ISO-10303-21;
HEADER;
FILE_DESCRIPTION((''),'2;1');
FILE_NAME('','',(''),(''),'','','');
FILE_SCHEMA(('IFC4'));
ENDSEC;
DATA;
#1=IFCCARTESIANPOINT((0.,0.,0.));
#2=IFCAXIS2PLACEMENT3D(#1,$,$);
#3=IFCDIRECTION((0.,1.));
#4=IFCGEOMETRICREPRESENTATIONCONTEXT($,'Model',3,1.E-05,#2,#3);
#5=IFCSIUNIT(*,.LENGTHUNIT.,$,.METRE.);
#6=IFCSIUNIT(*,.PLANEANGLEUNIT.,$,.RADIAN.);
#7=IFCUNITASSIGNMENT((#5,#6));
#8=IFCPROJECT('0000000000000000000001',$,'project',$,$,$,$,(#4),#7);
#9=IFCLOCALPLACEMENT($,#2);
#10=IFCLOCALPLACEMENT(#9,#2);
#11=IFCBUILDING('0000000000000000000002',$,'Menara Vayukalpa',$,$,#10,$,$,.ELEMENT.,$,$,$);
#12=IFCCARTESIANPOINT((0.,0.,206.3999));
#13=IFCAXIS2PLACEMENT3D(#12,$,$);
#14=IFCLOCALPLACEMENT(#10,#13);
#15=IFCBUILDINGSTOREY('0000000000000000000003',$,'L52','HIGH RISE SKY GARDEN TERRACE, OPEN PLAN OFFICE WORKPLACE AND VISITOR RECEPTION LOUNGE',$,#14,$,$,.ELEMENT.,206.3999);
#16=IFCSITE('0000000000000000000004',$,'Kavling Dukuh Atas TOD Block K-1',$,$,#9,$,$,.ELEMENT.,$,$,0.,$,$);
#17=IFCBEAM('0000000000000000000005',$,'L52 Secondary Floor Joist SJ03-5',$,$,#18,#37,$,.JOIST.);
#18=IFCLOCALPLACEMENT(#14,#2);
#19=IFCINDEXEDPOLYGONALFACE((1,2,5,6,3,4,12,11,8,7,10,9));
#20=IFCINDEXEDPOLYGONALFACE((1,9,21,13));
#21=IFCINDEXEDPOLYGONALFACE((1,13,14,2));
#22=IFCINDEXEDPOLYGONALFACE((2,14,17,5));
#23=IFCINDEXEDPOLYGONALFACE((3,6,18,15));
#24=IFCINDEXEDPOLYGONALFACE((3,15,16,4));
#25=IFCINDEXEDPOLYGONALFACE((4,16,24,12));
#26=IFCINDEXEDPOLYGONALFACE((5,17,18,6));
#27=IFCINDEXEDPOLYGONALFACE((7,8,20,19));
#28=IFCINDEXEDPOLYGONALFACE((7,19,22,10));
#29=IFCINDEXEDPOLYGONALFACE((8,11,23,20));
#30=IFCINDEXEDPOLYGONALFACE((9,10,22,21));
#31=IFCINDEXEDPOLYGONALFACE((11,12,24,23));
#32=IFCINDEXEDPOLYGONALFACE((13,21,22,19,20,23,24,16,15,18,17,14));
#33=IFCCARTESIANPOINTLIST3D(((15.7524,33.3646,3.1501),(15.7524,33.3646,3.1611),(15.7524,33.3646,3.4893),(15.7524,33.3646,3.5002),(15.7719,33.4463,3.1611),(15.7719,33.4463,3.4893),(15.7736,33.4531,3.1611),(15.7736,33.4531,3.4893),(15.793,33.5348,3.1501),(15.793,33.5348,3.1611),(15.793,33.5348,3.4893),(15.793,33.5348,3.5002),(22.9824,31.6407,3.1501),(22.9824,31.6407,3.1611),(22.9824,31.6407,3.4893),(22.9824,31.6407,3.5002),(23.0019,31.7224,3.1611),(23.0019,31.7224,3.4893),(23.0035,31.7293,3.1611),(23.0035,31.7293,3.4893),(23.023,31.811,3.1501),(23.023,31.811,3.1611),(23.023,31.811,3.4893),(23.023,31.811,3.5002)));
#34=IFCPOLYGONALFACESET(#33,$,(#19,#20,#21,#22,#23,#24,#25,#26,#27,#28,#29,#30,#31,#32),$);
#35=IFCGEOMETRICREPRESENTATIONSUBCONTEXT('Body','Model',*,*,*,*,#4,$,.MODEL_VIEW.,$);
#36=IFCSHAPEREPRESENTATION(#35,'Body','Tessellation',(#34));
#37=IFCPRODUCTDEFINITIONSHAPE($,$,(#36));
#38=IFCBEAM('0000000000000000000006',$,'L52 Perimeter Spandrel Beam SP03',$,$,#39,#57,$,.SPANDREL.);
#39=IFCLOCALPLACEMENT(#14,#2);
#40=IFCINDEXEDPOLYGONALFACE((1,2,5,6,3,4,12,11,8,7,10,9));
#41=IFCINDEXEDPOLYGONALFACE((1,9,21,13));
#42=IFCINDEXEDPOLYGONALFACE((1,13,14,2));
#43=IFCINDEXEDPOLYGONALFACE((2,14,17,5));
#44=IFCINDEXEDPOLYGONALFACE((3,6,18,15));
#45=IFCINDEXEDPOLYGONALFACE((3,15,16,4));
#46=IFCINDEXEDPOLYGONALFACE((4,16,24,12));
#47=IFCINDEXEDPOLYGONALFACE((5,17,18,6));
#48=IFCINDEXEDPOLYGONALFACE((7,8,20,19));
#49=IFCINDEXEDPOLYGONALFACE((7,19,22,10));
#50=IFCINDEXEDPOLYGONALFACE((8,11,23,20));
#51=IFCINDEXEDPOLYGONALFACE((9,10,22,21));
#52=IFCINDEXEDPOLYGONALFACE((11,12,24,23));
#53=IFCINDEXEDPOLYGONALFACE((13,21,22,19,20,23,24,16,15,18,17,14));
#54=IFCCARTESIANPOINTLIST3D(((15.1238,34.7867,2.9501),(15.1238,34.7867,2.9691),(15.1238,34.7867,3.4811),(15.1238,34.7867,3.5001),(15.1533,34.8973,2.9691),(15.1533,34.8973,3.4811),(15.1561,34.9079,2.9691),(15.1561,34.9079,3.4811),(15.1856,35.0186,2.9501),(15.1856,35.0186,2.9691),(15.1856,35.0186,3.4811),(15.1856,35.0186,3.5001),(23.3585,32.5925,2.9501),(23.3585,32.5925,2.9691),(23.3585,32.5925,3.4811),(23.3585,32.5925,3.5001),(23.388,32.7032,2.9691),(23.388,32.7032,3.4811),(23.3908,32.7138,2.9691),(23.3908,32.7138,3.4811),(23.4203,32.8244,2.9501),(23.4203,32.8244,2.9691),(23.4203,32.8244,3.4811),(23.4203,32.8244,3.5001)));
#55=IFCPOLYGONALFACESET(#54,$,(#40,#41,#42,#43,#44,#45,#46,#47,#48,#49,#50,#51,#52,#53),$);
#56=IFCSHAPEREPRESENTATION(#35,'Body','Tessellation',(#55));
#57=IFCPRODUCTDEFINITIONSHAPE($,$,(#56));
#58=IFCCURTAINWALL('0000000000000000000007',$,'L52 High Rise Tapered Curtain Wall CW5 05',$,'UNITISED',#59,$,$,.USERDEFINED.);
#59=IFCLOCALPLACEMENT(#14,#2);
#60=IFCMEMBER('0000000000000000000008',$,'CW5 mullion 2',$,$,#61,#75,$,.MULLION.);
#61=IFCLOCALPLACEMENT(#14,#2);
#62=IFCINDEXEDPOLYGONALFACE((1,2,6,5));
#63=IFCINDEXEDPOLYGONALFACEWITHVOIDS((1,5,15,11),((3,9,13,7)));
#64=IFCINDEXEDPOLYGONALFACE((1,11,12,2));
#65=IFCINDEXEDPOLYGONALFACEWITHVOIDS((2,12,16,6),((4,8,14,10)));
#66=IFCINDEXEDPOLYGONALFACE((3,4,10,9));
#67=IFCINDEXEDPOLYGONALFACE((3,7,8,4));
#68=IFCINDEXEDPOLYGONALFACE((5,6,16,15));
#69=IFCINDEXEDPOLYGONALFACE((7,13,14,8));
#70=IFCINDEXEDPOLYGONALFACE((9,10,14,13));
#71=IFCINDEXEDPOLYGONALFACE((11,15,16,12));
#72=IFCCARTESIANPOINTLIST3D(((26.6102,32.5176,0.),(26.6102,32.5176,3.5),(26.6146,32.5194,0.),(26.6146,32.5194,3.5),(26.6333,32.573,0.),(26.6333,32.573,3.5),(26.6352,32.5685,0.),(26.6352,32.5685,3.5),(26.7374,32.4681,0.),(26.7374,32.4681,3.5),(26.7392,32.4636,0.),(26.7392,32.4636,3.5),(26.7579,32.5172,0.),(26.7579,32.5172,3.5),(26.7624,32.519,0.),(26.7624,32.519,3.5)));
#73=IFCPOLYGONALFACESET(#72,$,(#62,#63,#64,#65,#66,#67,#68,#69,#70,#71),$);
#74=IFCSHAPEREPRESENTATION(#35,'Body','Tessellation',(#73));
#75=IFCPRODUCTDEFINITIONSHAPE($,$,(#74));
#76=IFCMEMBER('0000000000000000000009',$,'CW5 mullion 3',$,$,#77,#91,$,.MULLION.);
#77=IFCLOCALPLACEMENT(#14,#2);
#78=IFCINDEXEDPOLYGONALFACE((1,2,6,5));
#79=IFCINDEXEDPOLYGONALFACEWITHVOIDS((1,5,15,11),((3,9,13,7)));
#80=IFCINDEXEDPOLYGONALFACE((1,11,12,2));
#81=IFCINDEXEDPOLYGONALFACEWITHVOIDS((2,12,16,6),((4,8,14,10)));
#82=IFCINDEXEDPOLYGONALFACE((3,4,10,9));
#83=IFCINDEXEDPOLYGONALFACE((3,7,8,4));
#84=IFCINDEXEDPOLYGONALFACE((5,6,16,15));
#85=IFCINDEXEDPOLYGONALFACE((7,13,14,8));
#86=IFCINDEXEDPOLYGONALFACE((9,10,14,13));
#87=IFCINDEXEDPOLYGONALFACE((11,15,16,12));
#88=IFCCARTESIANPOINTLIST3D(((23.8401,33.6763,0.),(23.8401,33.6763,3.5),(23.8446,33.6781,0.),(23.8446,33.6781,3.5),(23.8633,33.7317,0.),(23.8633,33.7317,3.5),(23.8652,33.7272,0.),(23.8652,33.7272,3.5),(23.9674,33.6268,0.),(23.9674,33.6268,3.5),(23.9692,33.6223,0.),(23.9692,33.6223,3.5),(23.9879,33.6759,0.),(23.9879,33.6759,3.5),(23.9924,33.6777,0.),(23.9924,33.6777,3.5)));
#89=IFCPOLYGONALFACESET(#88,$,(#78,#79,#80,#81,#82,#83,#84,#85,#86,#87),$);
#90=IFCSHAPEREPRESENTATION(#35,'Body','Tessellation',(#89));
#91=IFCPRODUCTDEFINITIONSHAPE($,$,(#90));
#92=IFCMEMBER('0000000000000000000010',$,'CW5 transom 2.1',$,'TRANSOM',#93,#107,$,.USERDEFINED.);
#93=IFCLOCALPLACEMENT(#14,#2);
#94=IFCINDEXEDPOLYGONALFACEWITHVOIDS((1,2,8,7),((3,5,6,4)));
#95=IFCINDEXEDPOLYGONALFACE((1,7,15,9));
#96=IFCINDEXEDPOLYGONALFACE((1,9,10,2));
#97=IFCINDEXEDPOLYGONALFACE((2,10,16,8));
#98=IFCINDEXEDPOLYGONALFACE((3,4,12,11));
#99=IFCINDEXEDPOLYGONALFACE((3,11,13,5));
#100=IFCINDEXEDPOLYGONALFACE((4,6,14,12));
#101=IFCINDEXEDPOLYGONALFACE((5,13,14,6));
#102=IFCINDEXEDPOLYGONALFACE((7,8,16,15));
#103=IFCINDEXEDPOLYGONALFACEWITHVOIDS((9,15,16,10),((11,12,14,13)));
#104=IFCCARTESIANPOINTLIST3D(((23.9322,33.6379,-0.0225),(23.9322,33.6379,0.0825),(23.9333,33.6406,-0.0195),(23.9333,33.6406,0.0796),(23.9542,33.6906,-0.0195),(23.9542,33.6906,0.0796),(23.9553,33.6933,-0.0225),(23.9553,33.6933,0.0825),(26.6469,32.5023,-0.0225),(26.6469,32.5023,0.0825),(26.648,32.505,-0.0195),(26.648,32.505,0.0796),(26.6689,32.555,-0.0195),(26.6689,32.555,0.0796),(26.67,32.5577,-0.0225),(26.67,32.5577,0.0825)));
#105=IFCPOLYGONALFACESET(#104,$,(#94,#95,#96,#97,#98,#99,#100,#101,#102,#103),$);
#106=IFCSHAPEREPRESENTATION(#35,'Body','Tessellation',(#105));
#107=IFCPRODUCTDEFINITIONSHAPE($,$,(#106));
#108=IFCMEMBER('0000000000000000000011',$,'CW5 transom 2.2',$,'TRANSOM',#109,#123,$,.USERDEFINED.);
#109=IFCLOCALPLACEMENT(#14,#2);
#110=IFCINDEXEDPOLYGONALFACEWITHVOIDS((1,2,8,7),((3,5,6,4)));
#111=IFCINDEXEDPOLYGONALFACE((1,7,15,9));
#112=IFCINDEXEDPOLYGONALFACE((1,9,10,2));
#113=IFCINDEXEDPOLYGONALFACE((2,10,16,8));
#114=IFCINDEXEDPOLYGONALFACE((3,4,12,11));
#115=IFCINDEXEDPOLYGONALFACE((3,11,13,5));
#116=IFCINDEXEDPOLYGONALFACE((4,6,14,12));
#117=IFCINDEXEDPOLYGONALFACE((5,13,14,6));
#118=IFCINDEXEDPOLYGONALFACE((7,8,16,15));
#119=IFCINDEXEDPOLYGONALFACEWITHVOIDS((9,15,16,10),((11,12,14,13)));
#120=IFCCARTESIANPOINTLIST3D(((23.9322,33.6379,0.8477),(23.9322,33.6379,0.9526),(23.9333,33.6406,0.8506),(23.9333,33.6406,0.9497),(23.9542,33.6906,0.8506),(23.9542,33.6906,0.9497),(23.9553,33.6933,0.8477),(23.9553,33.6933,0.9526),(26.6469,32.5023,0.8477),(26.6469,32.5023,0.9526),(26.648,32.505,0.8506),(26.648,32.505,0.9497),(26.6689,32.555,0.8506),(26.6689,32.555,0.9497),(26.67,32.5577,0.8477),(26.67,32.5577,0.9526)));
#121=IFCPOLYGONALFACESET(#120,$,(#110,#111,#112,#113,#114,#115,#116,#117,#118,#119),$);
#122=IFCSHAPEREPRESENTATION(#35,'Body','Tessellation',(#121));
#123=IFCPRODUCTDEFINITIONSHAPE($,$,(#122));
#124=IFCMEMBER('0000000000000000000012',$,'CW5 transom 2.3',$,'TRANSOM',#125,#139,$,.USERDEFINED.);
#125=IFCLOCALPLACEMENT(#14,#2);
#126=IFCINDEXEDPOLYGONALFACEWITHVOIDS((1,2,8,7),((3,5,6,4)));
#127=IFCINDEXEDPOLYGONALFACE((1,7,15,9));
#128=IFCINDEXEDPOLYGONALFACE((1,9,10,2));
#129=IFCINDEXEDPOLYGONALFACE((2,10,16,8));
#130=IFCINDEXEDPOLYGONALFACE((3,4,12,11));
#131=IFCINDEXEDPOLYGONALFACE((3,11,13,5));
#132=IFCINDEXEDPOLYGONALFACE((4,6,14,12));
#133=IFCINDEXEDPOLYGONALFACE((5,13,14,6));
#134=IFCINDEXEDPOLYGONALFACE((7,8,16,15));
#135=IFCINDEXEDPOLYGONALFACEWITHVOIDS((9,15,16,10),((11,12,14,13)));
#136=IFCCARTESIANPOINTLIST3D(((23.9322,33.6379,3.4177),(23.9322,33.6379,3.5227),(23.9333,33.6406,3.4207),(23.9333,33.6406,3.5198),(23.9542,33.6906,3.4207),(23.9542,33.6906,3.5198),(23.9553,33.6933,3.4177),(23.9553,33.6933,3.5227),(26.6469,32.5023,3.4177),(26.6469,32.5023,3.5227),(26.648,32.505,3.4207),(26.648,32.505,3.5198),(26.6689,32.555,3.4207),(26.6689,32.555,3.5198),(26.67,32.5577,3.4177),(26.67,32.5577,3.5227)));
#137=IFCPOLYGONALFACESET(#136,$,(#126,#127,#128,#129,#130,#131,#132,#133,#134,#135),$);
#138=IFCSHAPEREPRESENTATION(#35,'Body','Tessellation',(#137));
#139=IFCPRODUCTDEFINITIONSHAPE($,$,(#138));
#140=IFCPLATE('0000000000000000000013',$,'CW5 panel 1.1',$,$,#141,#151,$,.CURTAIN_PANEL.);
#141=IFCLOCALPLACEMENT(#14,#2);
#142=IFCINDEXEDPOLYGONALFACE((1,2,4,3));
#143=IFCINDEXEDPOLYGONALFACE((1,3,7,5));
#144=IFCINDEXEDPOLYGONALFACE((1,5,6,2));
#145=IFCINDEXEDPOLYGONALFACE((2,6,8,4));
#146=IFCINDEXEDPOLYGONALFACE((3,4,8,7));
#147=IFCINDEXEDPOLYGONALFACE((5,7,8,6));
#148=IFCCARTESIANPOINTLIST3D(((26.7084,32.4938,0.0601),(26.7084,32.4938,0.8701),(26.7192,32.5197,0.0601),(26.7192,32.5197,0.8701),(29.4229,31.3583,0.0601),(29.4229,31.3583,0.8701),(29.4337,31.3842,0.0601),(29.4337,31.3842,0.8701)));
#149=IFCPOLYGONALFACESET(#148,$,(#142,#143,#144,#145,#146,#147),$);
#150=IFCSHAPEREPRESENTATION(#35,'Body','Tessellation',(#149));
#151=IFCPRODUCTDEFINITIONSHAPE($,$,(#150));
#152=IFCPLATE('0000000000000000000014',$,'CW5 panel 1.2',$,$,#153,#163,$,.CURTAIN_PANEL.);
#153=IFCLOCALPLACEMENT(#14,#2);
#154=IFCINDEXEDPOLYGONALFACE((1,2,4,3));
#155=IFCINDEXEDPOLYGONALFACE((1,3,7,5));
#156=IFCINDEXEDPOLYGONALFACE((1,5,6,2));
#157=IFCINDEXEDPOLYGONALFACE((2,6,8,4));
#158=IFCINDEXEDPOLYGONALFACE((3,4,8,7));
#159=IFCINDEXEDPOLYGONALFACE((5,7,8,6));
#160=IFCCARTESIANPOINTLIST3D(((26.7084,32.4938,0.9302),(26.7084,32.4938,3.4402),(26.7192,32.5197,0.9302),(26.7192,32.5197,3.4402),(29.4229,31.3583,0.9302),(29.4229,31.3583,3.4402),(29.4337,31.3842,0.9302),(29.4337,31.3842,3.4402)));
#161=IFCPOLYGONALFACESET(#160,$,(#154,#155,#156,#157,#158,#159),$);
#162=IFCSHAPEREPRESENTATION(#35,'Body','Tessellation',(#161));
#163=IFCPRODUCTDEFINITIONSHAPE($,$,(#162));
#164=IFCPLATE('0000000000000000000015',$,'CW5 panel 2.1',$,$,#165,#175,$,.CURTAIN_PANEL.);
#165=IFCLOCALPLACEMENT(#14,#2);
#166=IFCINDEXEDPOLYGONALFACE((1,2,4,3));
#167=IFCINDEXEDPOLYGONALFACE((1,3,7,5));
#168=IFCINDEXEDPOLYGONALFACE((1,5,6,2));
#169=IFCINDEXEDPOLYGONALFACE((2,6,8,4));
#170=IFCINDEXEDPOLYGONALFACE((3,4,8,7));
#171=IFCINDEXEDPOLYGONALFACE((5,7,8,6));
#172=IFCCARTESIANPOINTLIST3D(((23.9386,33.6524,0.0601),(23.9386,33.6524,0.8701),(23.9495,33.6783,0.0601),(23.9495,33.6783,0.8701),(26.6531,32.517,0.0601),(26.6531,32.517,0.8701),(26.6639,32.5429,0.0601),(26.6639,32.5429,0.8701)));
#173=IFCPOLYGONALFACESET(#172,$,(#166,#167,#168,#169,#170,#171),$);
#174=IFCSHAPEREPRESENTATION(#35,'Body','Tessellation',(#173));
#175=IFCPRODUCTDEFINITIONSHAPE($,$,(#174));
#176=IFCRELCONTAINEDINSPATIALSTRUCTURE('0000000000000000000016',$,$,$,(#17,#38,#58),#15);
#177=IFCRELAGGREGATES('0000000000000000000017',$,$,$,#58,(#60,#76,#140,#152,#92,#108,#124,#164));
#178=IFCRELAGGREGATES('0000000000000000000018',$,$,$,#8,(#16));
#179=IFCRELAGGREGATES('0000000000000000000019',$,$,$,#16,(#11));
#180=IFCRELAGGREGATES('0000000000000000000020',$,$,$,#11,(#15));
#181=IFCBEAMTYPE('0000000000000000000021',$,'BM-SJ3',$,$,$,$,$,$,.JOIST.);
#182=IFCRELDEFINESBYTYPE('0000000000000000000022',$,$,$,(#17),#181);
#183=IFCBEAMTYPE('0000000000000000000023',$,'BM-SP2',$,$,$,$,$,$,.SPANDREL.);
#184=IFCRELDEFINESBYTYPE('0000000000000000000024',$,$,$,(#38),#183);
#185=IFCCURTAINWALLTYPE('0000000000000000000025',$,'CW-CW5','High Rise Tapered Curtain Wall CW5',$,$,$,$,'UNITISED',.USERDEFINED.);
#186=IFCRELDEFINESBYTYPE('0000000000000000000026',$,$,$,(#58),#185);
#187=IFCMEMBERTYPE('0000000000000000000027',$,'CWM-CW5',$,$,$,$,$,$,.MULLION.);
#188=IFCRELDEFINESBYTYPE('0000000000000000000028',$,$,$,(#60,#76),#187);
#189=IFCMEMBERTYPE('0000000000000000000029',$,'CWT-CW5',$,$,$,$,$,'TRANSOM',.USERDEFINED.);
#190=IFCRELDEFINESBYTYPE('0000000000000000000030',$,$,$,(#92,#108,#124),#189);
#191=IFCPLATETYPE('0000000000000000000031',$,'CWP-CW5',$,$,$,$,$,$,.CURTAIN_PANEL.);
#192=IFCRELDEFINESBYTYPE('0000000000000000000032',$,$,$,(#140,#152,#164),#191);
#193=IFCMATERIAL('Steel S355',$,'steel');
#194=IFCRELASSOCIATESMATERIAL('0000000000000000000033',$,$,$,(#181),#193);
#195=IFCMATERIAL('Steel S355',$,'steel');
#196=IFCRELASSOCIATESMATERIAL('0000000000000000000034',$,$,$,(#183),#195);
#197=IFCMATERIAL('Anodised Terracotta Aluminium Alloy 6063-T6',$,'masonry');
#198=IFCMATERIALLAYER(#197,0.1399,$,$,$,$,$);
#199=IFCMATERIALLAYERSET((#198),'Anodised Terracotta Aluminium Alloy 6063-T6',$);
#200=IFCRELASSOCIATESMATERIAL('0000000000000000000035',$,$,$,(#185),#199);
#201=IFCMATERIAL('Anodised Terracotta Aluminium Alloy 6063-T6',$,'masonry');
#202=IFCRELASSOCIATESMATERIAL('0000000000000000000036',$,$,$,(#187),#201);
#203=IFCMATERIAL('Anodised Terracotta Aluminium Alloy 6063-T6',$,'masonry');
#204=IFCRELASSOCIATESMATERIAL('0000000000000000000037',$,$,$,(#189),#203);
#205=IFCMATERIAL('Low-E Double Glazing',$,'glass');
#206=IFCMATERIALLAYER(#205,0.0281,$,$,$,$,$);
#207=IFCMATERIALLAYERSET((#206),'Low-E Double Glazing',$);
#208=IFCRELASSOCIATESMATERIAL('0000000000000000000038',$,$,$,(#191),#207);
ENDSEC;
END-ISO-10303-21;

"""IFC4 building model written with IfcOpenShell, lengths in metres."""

from ifc_helpers import new_model, si_unit, direction, frame, origin, origin_2d, place, context, subcontext, project, spatial, rectangle, hollow_rectangle, i_section, extrude, material, layer, layer_set, material_profile, profile_set, type_object, element, aggregate, save


model = new_model("IFC4")

# Units and contexts
model_context = context("Model", 3, precision=1e-05, world=origin(), true_north=direction((0.0, 1.0)))
body_context = subcontext(model_context, "Body", "Model", "MODEL_VIEW")
ifc_project = project(units=[si_unit("LENGTHUNIT", "METRE"), si_unit("PLANEANGLEUNIT", "RADIAN")], contexts=[model_context])

# Site, building, storey
site_placement = place(None, origin())
site = spatial("IfcSite", under=ifc_project, at=site_placement, Name="Kavling Dukuh Atas TOD Block K-1", CompositionType="ELEMENT", RefElevation=0.0)
building_placement = place(site_placement, origin())
building = spatial("IfcBuilding", under=site, at=building_placement, Name="Menara Vayukalpa", CompositionType="ELEMENT")
storey_placement = place(building_placement, frame((0.0, 0.0, 206.3999)))
storey = spatial("IfcBuildingStorey", under=building, at=storey_placement, Name="L52", Description="HIGH RISE SKY GARDEN TERRACE, OPEN PLAN OFFICE WORKPLACE AND VISITOR RECEPTION LOUNGE", CompositionType="ELEMENT", Elevation=206.3999)

# Beams
ifc_material_1 = material(Name="Steel S355", Category="steel")
ifc_material_profile_1 = material_profile(ifc_material_1, i_section(OverallWidth=0.175, OverallDepth=0.3501, WebThickness=0.0071, FlangeThickness=0.011, at=origin_2d()), Name="WF 350x175x7x11")
ifc_profile_set_1 = profile_set([ifc_material_profile_1], Name="Steel S355")
beam_type_1 = type_object("IfcBeamType", Name="BM-SJ3", PredefinedType="JOIST", material=ifc_profile_set_1)
beam_1_placement = place(storey_placement, frame((23.0027, 31.7258, 3.3252), z_axis=(-0.972732, 0.231933, 0.0), x_axis=(-0.231933, -0.972732, 0.0)))
element("IfcBeam", 1, at=beam_1_placement, inside=storey, type_object=beam_type_1, Name="L52 Secondary Floor Joist SJ03-5", PredefinedType="JOIST", context=body_context, shape_type="SweptSolid", body=[
    extrude(i_section(OverallWidth=0.175, OverallDepth=0.3501, WebThickness=0.0071, FlangeThickness=0.011, at=origin_2d()), origin(), (0.0, 0.0, 1.0), 7.4326),
])
ifc_material_2 = material(Name="Steel S355", Category="steel")
ifc_material_profile_2 = material_profile(ifc_material_2, i_section(OverallWidth=0.24, OverallDepth=0.55, WebThickness=0.011, FlangeThickness=0.019, at=origin_2d()), Name="WF 550x240x11x19")
ifc_profile_set_2 = profile_set([ifc_material_profile_2], Name="Steel S355")
beam_type_2 = type_object("IfcBeamType", Name="BM-SP2", PredefinedType="SPANDREL", material=ifc_profile_set_2)
beam_2_placement = place(storey_placement, frame((23.3894, 32.7085, 3.2251), z_axis=(-0.966288, 0.257465, 0.0), x_axis=(-0.257465, -0.966288, 0.0)))
element("IfcBeam", 2, at=beam_2_placement, inside=storey, type_object=beam_type_2, Name="L52 Perimeter Spandrel Beam SP03", PredefinedType="SPANDREL", context=body_context, shape_type="SweptSolid", body=[
    extrude(i_section(OverallWidth=0.24, OverallDepth=0.55, WebThickness=0.011, FlangeThickness=0.019, at=origin_2d()), origin(), (0.0, 0.0, 1.0), 8.522),
])

# Curtain wall, members, plates
ifc_material_3 = material(Name="Anodised Terracotta Aluminium Alloy 6063-T6", Category="masonry")
ifc_layer_1 = layer(ifc_material_3, 0.1399)
ifc_layer_set_1 = layer_set([ifc_layer_1], Name="Anodised Terracotta Aluminium Alloy 6063-T6")
curtain_wall_type = type_object("IfcCurtainWallType", Name="CW-CW5", Description="High Rise Tapered Curtain Wall CW5", ElementType="UNITISED", PredefinedType="USERDEFINED", material=ifc_layer_set_1)
curtain_wall_placement = place(storey_placement, origin())
curtain_wall = element("IfcCurtainWall", 3, at=curtain_wall_placement, inside=storey, type_object=curtain_wall_type, Name="L52 High Rise Tapered Curtain Wall CW5 05", ObjectType="UNITISED", PredefinedType="USERDEFINED")
ifc_material_4 = material(Name="Anodised Terracotta Aluminium Alloy 6063-T6", Category="masonry")
ifc_material_profile_3 = material_profile(ifc_material_4, hollow_rectangle(XDim=0.0601, YDim=0.1399, WallThickness=0.0034, at=origin_2d()), Name="ALU 60x140x3.5")
ifc_profile_set_3 = profile_set([ifc_material_profile_3], Name="Anodised Terracotta Aluminium Alloy 6063-T6")
member_type_1 = type_object("IfcMemberType", Name="CWM-CW5", PredefinedType="MULLION", material=ifc_profile_set_3)
member_1_placement = place(storey_placement, frame((26.6863, 32.5183, 0.0), z_axis=(0.0, 0.0, 1.0), x_axis=(-0.385903, -0.922539, 0.0)))
member_1 = element("IfcMember", 4, at=member_1_placement, type_object=member_type_1, Name="CW5 mullion 2", PredefinedType="MULLION", context=body_context, shape_type="SweptSolid", body=[
    extrude(hollow_rectangle(XDim=0.0601, YDim=0.1399, WallThickness=0.0034, at=origin_2d()), origin(), (0.0, 0.0, 1.0), 3.5),
])
member_2_placement = place(storey_placement, frame((23.9163, 33.677, 0.0), z_axis=(0.0, 0.0, 1.0), x_axis=(-0.385903, -0.922539, 0.0)))
member_2 = element("IfcMember", 5, at=member_2_placement, type_object=member_type_1, Name="CW5 mullion 3", PredefinedType="MULLION", context=body_context, shape_type="SweptSolid", body=[
    extrude(hollow_rectangle(XDim=0.0601, YDim=0.1399, WallThickness=0.0034, at=origin_2d()), origin(), (0.0, 0.0, 1.0), 3.5),
])
ifc_material_5 = material(Name="Anodised Terracotta Aluminium Alloy 6063-T6", Category="masonry")
ifc_material_profile_4 = material_profile(ifc_material_5, hollow_rectangle(XDim=0.0601, YDim=0.105, WallThickness=0.0029, at=origin_2d()), Name="ALU 60x105x3")
ifc_profile_set_4 = profile_set([ifc_material_profile_4], Name="Anodised Terracotta Aluminium Alloy 6063-T6")
member_type_2 = type_object("IfcMemberType", Name="CWT-CW5", ElementType="TRANSOM", PredefinedType="USERDEFINED", material=ifc_profile_set_4)
member_3_placement = place(storey_placement, frame((26.6584, 32.53, 0.03), z_axis=(-0.922543, 0.385893, 0.0), x_axis=(-0.385893, -0.922543, 0.0)))
member_3 = element("IfcMember", 6, at=member_3_placement, type_object=member_type_2, Name="CW5 transom 2.1", ObjectType="TRANSOM", PredefinedType="USERDEFINED", context=body_context, shape_type="SweptSolid", body=[
    extrude(hollow_rectangle(XDim=0.0601, YDim=0.105, WallThickness=0.0029, at=origin_2d()), origin(), (0.0, 0.0, 1.0), 2.9426),
])
member_4_placement = place(storey_placement, frame((26.6584, 32.53, 0.9001), z_axis=(-0.922543, 0.385893, 0.0), x_axis=(-0.385893, -0.922543, 0.0)))
member_4 = element("IfcMember", 7, at=member_4_placement, type_object=member_type_2, Name="CW5 transom 2.2", ObjectType="TRANSOM", PredefinedType="USERDEFINED", context=body_context, shape_type="SweptSolid", body=[
    extrude(hollow_rectangle(XDim=0.0601, YDim=0.105, WallThickness=0.0029, at=origin_2d()), origin(), (0.0, 0.0, 1.0), 2.9426),
])
member_5_placement = place(storey_placement, frame((26.6584, 32.53, 3.4702), z_axis=(-0.922543, 0.385893, 0.0), x_axis=(-0.385893, -0.922543, 0.0)))
member_5 = element("IfcMember", 8, at=member_5_placement, type_object=member_type_2, Name="CW5 transom 2.3", ObjectType="TRANSOM", PredefinedType="USERDEFINED", context=body_context, shape_type="SweptSolid", body=[
    extrude(hollow_rectangle(XDim=0.0601, YDim=0.105, WallThickness=0.0029, at=origin_2d()), origin(), (0.0, 0.0, 1.0), 2.9426),
])
ifc_material_6 = material(Name="Low-E Double Glazing", Category="glass")
ifc_layer_2 = layer(ifc_material_6, 0.0281)
ifc_layer_set_2 = layer_set([ifc_layer_2], Name="Low-E Double Glazing")
plate_type = type_object("IfcPlateType", Name="CWP-CW5", PredefinedType="CURTAIN_PANEL", material=ifc_layer_set_2)
plate_1_placement = place(storey_placement, frame((28.071, 31.939, 0.0601), z_axis=(0.0, 0.0, 1.0), x_axis=(-0.922539, 0.385903, 0.0)))
plate_1 = element("IfcPlate", 9, at=plate_1_placement, type_object=plate_type, Name="CW5 panel 1.1", PredefinedType="CURTAIN_PANEL", context=body_context, shape_type="SweptSolid", body=[
    extrude(rectangle(XDim=2.9424, YDim=0.0281, at=origin_2d()), origin(), (0.0, 0.0, 1.0), 0.8101),
])
plate_2_placement = place(storey_placement, frame((28.071, 31.939, 0.9302), z_axis=(0.0, 0.0, 1.0), x_axis=(-0.922539, 0.385903, 0.0)))
plate_2 = element("IfcPlate", 10, at=plate_2_placement, type_object=plate_type, Name="CW5 panel 1.2", PredefinedType="CURTAIN_PANEL", context=body_context, shape_type="SweptSolid", body=[
    extrude(rectangle(XDim=2.9424, YDim=0.0281, at=origin_2d()), origin(), (0.0, 0.0, 1.0), 2.51),
])
plate_3_placement = place(storey_placement, frame((25.3013, 33.0977, 0.0601), z_axis=(0.0, 0.0, 1.0), x_axis=(-0.922539, 0.385903, 0.0)))
plate_3 = element("IfcPlate", 11, at=plate_3_placement, type_object=plate_type, Name="CW5 panel 2.1", PredefinedType="CURTAIN_PANEL", context=body_context, shape_type="SweptSolid", body=[
    extrude(rectangle(XDim=2.9424, YDim=0.0281, at=origin_2d()), origin(), (0.0, 0.0, 1.0), 0.8101),
])
aggregate(curtain_wall, [member_1, member_2, plate_1, plate_2, member_3, member_4, member_5, plate_3])

save(model, "model.ifc")
